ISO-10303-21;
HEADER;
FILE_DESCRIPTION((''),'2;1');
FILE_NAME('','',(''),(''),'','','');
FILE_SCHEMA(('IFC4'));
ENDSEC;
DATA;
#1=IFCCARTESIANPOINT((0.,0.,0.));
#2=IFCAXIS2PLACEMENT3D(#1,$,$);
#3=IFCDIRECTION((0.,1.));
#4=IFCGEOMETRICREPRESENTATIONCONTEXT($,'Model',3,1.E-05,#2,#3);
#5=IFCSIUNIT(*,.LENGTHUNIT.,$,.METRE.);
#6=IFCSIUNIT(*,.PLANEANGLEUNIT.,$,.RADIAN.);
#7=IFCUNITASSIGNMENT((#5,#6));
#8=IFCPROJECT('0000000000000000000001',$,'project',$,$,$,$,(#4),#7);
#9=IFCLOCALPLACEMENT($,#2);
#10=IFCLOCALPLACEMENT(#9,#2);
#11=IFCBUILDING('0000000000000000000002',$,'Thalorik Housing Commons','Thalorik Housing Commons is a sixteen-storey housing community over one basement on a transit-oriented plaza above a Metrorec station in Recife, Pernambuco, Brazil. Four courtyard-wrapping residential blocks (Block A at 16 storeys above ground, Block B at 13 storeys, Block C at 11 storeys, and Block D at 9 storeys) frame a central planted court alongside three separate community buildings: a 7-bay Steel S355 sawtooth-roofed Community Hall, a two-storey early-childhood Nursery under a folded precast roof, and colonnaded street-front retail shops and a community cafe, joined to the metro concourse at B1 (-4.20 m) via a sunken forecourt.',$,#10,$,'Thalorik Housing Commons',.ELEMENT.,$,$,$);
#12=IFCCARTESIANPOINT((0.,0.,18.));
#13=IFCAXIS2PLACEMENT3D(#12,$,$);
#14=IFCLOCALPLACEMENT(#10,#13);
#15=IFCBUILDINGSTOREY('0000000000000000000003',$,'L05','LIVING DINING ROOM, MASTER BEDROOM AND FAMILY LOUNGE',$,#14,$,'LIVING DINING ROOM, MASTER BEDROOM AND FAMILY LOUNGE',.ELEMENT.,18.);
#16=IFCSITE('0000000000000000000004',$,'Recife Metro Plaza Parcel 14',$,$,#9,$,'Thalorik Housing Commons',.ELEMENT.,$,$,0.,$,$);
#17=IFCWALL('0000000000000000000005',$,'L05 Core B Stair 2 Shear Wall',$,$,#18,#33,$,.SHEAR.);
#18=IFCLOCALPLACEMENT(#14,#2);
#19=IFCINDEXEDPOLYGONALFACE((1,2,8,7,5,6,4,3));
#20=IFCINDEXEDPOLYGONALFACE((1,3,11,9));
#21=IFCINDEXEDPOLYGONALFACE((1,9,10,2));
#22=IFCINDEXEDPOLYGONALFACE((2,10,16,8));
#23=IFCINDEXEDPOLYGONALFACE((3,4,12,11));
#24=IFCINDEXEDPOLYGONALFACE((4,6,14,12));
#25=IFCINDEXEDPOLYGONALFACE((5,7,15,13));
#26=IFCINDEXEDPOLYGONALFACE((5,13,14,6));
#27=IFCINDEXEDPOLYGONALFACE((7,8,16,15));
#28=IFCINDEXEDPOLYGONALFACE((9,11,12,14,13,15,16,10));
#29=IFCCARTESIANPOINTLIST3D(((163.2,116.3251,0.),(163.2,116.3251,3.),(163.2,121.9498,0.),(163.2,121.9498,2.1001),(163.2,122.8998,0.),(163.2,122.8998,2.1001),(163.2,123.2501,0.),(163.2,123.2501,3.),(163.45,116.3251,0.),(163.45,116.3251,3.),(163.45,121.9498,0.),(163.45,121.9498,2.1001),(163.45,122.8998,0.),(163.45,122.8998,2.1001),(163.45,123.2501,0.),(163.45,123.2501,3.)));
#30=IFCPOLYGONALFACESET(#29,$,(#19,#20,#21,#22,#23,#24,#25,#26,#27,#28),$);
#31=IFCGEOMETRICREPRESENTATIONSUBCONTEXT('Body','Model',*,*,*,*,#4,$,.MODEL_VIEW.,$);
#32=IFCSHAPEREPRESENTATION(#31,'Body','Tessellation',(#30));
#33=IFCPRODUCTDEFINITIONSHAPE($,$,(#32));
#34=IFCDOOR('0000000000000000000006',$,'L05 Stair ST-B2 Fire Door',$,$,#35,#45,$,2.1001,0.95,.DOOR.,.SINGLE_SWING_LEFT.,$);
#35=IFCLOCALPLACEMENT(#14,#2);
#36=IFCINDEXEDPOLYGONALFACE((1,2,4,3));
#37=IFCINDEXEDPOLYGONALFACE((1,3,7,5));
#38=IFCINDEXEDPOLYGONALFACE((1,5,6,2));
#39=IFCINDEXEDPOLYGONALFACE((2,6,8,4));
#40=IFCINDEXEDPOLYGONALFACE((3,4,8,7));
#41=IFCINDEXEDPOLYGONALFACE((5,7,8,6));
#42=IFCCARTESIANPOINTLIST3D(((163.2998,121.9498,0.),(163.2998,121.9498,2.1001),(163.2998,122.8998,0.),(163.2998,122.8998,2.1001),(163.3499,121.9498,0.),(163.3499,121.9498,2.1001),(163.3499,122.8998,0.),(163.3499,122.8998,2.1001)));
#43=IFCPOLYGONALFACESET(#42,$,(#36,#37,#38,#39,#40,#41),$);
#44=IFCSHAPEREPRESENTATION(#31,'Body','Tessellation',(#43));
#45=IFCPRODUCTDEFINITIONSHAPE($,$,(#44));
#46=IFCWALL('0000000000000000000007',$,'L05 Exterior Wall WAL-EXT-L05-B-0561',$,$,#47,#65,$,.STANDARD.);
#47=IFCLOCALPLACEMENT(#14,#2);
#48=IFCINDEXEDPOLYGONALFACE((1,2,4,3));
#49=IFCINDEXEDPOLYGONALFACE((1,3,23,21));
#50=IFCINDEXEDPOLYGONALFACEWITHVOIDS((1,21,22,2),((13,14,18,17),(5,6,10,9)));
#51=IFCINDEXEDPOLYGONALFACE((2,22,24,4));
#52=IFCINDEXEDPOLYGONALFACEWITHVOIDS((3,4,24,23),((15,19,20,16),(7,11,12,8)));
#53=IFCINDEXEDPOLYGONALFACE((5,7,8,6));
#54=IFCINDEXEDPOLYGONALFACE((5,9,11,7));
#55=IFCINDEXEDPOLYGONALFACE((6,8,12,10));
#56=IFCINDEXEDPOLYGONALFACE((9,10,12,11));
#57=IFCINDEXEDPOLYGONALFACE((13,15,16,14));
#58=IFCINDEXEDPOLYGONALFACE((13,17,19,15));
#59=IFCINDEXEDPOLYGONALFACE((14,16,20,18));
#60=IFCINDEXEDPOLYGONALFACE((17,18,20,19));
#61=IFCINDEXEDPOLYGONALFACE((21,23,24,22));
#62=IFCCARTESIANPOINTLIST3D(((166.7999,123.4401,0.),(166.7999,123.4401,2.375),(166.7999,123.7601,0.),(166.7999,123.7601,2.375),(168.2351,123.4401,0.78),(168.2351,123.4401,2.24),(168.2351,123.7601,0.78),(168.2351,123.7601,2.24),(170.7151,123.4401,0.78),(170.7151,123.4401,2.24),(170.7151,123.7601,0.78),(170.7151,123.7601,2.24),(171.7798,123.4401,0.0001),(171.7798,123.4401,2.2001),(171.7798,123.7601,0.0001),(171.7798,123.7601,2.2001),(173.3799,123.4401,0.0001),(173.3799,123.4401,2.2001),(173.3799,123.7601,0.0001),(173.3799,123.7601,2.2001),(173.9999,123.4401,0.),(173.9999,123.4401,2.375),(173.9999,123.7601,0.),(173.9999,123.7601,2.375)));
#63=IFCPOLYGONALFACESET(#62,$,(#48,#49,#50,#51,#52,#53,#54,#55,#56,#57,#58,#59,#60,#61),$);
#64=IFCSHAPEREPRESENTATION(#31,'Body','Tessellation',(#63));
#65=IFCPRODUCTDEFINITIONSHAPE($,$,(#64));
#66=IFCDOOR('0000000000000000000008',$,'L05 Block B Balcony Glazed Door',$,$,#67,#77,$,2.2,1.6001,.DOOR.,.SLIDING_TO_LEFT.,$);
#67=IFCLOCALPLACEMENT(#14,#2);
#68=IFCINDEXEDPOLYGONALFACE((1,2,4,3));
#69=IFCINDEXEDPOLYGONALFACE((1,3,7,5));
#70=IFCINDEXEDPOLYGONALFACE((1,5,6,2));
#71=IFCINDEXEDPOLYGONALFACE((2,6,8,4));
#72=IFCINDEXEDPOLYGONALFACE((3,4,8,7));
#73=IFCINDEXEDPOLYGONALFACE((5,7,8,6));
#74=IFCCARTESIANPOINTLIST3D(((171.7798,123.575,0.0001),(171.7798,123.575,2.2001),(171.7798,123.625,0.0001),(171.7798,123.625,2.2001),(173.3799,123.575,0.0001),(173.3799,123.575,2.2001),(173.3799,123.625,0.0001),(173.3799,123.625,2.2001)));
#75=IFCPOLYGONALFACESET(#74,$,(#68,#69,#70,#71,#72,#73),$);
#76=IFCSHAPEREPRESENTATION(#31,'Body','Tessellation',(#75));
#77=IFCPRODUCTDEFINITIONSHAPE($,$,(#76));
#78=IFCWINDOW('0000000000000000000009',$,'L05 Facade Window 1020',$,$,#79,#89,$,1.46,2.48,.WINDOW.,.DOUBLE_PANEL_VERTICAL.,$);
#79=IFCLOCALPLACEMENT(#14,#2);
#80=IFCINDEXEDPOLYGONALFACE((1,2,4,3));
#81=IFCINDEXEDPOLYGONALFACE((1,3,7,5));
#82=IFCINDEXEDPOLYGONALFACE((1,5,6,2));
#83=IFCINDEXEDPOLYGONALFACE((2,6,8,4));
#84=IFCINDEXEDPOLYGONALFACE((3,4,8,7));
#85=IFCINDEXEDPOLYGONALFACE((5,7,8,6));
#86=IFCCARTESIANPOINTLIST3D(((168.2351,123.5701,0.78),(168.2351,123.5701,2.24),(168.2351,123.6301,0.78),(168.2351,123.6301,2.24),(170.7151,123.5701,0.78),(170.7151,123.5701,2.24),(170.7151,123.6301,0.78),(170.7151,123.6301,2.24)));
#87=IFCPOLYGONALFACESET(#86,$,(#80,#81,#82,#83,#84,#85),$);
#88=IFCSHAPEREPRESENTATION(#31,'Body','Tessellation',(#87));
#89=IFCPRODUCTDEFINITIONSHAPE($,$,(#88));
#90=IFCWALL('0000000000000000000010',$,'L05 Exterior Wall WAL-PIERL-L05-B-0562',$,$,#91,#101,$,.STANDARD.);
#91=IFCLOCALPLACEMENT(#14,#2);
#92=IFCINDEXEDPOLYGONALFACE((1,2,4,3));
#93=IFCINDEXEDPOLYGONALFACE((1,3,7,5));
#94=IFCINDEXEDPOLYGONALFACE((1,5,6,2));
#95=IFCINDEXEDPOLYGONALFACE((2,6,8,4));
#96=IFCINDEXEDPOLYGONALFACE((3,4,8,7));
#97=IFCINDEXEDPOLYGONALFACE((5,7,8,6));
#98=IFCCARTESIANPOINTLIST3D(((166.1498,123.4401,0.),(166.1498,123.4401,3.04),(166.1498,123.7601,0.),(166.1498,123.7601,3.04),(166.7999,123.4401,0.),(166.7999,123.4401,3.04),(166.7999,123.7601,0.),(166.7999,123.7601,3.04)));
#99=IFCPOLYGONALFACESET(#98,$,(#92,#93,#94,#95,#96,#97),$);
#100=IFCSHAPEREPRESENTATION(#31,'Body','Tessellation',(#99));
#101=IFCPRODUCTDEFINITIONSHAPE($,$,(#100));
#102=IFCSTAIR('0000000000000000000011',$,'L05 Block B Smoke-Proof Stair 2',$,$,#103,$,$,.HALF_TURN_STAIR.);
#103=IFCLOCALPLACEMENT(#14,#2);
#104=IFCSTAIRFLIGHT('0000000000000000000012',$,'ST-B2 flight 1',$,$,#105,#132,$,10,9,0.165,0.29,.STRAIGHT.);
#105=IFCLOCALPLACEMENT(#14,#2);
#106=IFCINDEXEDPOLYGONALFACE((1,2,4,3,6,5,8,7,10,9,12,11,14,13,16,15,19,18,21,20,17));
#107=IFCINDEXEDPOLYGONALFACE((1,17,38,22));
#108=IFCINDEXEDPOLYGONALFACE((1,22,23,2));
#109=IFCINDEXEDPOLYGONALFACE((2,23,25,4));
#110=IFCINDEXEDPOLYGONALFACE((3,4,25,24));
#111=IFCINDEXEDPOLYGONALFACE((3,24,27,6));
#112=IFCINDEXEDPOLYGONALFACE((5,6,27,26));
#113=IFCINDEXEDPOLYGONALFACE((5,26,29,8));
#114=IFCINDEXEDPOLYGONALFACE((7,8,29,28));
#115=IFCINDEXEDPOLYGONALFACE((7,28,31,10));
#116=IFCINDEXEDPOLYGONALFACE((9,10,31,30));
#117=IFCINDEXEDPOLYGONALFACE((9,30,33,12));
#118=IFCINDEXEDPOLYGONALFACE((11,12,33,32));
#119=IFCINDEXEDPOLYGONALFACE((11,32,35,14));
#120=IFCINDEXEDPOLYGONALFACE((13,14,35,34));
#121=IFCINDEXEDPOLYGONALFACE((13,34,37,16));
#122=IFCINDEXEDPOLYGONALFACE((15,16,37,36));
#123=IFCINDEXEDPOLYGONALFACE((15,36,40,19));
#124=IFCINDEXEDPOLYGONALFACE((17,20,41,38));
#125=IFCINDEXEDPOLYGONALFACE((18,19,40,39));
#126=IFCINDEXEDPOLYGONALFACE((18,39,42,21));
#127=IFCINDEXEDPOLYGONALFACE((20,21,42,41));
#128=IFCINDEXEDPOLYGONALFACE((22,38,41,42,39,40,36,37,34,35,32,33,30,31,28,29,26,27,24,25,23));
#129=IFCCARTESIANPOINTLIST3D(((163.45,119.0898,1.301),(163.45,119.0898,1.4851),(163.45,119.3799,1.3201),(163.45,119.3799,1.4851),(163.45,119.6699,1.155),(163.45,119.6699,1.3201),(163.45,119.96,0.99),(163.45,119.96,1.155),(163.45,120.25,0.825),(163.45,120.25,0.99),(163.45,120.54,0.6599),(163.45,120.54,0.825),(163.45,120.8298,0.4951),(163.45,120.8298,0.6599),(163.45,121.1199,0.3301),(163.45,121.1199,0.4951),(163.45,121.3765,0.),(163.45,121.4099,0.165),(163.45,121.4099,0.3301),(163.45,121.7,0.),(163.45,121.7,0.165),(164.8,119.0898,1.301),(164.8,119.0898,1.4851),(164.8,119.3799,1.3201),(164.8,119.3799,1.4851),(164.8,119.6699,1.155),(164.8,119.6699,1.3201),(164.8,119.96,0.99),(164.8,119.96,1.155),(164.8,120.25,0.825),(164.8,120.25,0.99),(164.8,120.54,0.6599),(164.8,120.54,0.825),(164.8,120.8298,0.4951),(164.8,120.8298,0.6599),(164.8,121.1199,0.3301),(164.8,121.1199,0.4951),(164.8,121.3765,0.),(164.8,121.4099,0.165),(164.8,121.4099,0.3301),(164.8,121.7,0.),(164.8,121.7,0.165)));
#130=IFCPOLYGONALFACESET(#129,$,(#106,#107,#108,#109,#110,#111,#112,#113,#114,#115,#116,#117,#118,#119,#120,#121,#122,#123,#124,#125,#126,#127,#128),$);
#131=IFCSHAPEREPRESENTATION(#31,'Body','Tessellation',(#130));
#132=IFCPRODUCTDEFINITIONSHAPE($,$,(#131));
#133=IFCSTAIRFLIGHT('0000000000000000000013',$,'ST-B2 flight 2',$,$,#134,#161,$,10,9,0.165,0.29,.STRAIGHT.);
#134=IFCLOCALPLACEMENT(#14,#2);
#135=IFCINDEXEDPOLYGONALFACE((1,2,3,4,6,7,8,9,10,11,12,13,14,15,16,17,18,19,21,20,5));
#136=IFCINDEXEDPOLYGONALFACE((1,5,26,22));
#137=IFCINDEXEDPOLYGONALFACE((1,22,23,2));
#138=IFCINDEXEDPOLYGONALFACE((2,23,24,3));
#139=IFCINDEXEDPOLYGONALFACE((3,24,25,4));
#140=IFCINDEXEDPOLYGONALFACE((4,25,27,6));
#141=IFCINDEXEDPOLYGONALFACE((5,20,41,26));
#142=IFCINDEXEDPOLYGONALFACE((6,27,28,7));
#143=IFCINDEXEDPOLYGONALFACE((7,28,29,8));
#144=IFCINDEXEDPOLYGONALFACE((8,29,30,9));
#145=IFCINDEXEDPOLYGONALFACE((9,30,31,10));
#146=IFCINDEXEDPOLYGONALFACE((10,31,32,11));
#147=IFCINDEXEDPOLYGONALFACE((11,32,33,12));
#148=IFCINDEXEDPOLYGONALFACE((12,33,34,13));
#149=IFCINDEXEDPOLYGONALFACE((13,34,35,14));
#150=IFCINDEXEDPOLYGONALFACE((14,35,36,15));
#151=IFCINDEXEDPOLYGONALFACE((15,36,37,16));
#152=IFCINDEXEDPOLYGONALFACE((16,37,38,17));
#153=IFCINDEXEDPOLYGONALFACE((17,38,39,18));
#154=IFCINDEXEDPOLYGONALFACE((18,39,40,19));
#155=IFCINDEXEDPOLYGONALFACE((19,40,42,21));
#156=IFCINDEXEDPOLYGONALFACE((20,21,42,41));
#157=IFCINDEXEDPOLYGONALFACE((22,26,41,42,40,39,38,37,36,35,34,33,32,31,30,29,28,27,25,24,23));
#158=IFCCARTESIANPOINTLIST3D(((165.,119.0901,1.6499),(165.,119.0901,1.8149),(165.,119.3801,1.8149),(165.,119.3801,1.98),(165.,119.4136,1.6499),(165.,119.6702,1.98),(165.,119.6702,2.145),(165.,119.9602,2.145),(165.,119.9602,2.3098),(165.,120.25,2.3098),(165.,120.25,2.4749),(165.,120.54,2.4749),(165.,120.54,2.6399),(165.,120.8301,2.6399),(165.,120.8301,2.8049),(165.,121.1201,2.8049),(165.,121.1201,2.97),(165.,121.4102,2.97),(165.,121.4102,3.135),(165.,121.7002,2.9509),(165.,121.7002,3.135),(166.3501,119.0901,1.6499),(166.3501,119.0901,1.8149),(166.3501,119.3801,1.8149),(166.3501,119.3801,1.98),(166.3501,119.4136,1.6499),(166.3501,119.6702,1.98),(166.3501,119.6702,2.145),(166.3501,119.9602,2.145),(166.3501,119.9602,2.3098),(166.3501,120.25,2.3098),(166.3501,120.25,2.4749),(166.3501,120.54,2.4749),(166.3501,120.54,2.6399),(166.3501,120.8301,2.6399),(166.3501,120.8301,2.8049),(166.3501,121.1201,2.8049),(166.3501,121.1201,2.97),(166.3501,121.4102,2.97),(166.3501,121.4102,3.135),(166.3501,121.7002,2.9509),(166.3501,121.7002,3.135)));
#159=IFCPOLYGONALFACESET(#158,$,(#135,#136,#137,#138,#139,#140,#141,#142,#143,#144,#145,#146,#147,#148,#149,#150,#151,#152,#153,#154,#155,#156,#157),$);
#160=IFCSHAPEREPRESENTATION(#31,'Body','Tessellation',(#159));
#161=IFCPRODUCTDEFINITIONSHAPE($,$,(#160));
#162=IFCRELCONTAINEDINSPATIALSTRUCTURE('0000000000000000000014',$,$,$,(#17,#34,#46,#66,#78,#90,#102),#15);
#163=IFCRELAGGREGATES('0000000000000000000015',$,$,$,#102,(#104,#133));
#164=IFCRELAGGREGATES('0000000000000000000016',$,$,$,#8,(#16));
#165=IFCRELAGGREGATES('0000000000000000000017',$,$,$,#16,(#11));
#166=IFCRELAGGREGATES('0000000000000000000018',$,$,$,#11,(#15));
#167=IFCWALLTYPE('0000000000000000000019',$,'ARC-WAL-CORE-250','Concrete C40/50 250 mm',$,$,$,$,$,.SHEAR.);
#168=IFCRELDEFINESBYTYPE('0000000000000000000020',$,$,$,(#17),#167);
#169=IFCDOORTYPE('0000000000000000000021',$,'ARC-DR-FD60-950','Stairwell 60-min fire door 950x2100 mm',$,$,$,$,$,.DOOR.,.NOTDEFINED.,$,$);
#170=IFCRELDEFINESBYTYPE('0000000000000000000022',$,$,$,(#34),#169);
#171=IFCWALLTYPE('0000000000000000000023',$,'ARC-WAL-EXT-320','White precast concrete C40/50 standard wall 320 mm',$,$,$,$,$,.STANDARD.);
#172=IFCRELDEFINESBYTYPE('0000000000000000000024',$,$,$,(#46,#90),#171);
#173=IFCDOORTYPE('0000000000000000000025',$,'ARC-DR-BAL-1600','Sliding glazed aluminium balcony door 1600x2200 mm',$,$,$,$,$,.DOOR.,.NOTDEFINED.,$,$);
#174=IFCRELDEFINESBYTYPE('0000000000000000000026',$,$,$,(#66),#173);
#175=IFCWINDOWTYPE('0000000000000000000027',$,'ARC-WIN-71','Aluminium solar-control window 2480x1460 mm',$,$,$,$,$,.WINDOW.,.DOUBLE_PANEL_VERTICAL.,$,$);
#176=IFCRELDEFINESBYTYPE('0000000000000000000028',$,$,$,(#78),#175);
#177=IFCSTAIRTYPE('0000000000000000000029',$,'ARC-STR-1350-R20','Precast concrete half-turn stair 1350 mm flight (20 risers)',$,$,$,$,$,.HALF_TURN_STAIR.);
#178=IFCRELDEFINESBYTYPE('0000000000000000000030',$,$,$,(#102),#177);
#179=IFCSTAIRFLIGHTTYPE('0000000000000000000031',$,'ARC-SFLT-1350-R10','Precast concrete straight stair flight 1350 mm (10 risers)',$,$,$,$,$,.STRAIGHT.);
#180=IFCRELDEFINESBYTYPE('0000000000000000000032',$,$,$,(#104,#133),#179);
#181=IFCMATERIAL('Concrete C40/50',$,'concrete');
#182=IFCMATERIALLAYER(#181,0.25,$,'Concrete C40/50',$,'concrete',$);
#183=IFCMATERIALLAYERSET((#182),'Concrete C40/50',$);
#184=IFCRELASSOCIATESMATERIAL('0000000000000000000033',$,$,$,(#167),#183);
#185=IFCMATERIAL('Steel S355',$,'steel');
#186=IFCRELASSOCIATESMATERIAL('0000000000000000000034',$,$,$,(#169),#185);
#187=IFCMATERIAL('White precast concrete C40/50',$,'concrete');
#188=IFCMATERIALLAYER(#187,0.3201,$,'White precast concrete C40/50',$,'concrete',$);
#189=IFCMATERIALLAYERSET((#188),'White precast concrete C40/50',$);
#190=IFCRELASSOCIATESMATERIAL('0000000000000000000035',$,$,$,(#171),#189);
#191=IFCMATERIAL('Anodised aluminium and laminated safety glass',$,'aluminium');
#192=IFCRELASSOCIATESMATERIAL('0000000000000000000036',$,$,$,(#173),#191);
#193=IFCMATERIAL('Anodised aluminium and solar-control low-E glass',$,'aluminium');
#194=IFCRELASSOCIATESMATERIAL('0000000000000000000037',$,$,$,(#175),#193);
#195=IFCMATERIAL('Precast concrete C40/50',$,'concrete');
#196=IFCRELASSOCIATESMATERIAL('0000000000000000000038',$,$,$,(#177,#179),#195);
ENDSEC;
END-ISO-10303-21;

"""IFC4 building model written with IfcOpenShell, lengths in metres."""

from ifc_helpers import new_model, si_unit, direction, frame, frame_2d, origin, place, context, subcontext, project, spatial, polyline, rectangle, outline, extrude, material, layer, layer_set, type_object, element, fill, aggregate, save


model = new_model("IFC4")

# Units and contexts
model_context = context("Model", 3, precision=1e-05, world=origin(), true_north=direction((0.0, 1.0)))
body_context = subcontext(model_context, "Body", "Model", "MODEL_VIEW")
ifc_project = project(units=[si_unit("LENGTHUNIT", "METRE"), si_unit("PLANEANGLEUNIT", "RADIAN")], contexts=[model_context])

# Site, building, storey
site_placement = place(None, origin())
site = spatial("IfcSite", under=ifc_project, at=site_placement, Name="Recife Metro Plaza Parcel 14", LongName="Thalorik Housing Commons", CompositionType="ELEMENT", RefElevation=0.0)
building_placement = place(site_placement, origin())
building = spatial("IfcBuilding", under=site, at=building_placement, Name="Thalorik Housing Commons", Description="Thalorik Housing Commons is a sixteen-storey housing community over one basement on a transit-oriented plaza above a Metrorec station in Recife, Pernambuco, Brazil. Four courtyard-wrapping residential blocks (Block A at 16 storeys above ground, Block B at 13 storeys, Block C at 11 storeys, and Block D at 9 storeys) frame a central planted court alongside three separate community buildings: a 7-bay Steel S355 sawtooth-roofed Community Hall, a two-storey early-childhood Nursery under a folded precast roof, and colonnaded street-front retail shops and a community cafe, joined to the metro concourse at B1 (-4.20 m) via a sunken forecourt.", LongName="Thalorik Housing Commons", CompositionType="ELEMENT")
storey_placement = place(building_placement, frame((0.0, 0.0, 18.0)))
storey = spatial("IfcBuildingStorey", under=building, at=storey_placement, Name="L05", Description="LIVING DINING ROOM, MASTER BEDROOM AND FAMILY LOUNGE", LongName="LIVING DINING ROOM, MASTER BEDROOM AND FAMILY LOUNGE", CompositionType="ELEMENT", Elevation=18.0)

# Shared definitions
ifc_material_1 = material(Name="Precast concrete C40/50", Category="concrete")

# Shared definitions
ifc_material_2 = material(Name="Anodised aluminium and solar-control low-E glass", Category="aluminium")

# Shared definitions
ifc_material_3 = material(Name="Concrete C40/50", Category="concrete")
ifc_layer_1 = layer(ifc_material_3, 0.25, Name="Concrete C40/50", Category="concrete")
ifc_layer_set_1 = layer_set([ifc_layer_1], Name="Concrete C40/50")
wall_type_1 = type_object("IfcWallType", Name="ARC-WAL-CORE-250", Description="Concrete C40/50 250 mm", PredefinedType="SHEAR", material=ifc_layer_set_1)

# Wall, opening, door
wall_1_placement = place(storey_placement, frame((163.325, 123.25, 0.0), z_axis=(0.0, 0.0, 1.0), x_axis=(0.0, -1.0, 0.0)))
wall_1 = element("IfcWall", 1, at=wall_1_placement, inside=storey, type_object=wall_type_1, Name="L05 Core B Stair 2 Shear Wall", PredefinedType="SHEAR", context=body_context, shape_type="SweptSolid", body=[
    extrude(rectangle(XDim=6.925, YDim=0.25, at=frame_2d((3.4624, 0.0))), origin(), (0.0, 0.0, 1.0), 3.0),
])
opening_1_placement = place(wall_1_placement, frame((0.3501, 0.0, 0.0)))
opening_1 = element("IfcOpeningElement", 2, at=opening_1_placement, cuts=wall_1, PredefinedType="OPENING", context=body_context, shape_type="SweptSolid", body=[
    extrude(rectangle(XDim=0.95, YDim=2.1001, at=frame_2d((0.4751, 1.05))), frame((0.0, 0.135, 0.0), z_axis=(0.0, -1.0, 0.0), x_axis=(1.0, 0.0, 0.0)), (0.0, 0.0, 1.0), 0.27),
])
ifc_material_4 = material(Name="Steel S355", Category="steel")
door_type_1 = type_object("IfcDoorType", Name="ARC-DR-FD60-950", Description="Stairwell 60-min fire door 950x2100 mm", OperationType="NOTDEFINED", PredefinedType="DOOR", material=ifc_material_4)
door_1_placement = place(opening_1_placement, origin())
door_1 = element("IfcDoor", 3, at=door_1_placement, inside=storey, type_object=door_type_1, Name="L05 Stair ST-B2 Fire Door", OperationType="SINGLE_SWING_LEFT", OverallHeight=2.1001, OverallWidth=0.95, PredefinedType="DOOR", context=body_context, shape_type="SweptSolid", body=[
    extrude(rectangle(XDim=0.95, YDim=2.1001, at=frame_2d((0.4751, 1.05))), frame((0.0, 0.0249, 0.0), z_axis=(0.0, -1.0, 0.0), x_axis=(1.0, 0.0, 0.0)), (0.0, 0.0, 1.0), 0.05),
])
fill(opening_1, door_1)

# Wall, openings, door, window
ifc_material_5 = material(Name="White precast concrete C40/50", Category="concrete")
ifc_layer_2 = layer(ifc_material_5, 0.3201, Name="White precast concrete C40/50", Category="concrete")
ifc_layer_set_2 = layer_set([ifc_layer_2], Name="White precast concrete C40/50")
wall_type_2 = type_object("IfcWallType", Name="ARC-WAL-EXT-320", Description="White precast concrete C40/50 standard wall 320 mm", PredefinedType="STANDARD", material=ifc_layer_set_2)
wall_2_placement = place(storey_placement, frame((174.0, 123.6001, 0.0), z_axis=(0.0, 0.0, 1.0), x_axis=(-1.0, 0.0, 0.0)))
wall_2 = element("IfcWall", 4, at=wall_2_placement, inside=storey, type_object=wall_type_2, Name="L05 Exterior Wall WAL-EXT-L05-B-0561", PredefinedType="STANDARD", context=body_context, shape_type="SweptSolid", body=[
    extrude(rectangle(XDim=7.2, YDim=0.3201, at=frame_2d((3.6001, 0.0))), origin(), (0.0, 0.0, 1.0), 2.375),
])
opening_2_placement = place(wall_2_placement, frame((0.6201, 0.0, 0.0)))
opening_2 = element("IfcOpeningElement", 5, at=opening_2_placement, cuts=wall_2, PredefinedType="OPENING", context=body_context, shape_type="SweptSolid", body=[
    extrude(rectangle(XDim=1.6001, YDim=2.2, at=frame_2d((0.8, 1.1001))), frame((0.0, 0.1699, 0.0), z_axis=(0.0, -1.0, 0.0), x_axis=(1.0, 0.0, 0.0)), (0.0, 0.0, 1.0), 0.3401),
])
opening_3_placement = place(wall_2_placement, frame((3.2849, 0.0, 0.78)))
opening_3 = element("IfcOpeningElement", 6, at=opening_3_placement, cuts=wall_2, PredefinedType="OPENING", context=body_context, shape_type="SweptSolid", body=[
    extrude(rectangle(XDim=2.48, YDim=1.46, at=frame_2d((1.24, 0.73))), frame((0.0, 0.1699, 0.0), z_axis=(0.0, -1.0, 0.0), x_axis=(1.0, 0.0, 0.0)), (0.0, 0.0, 1.0), 0.3401),
])
ifc_material_6 = material(Name="Anodised aluminium and laminated safety glass", Category="aluminium")
door_type_2 = type_object("IfcDoorType", Name="ARC-DR-BAL-1600", Description="Sliding glazed aluminium balcony door 1600x2200 mm", OperationType="NOTDEFINED", PredefinedType="DOOR", material=ifc_material_6)
door_2_placement = place(opening_2_placement, frame((1.6001, 0.0, 0.0), z_axis=(0.0, 0.0, 1.0), x_axis=(-1.0, 0.0, 0.0)))
door_2 = element("IfcDoor", 7, at=door_2_placement, inside=storey, type_object=door_type_2, Name="L05 Block B Balcony Glazed Door", OperationType="SLIDING_TO_LEFT", OverallHeight=2.2, OverallWidth=1.6001, PredefinedType="DOOR", context=body_context, shape_type="SweptSolid", body=[
    extrude(rectangle(XDim=1.6001, YDim=2.2, at=frame_2d((0.8, 1.1001))), frame((0.0, 0.0249, 0.0), z_axis=(0.0, -1.0, 0.0), x_axis=(1.0, 0.0, 0.0)), (0.0, 0.0, 1.0), 0.05),
])
fill(opening_2, door_2)
window_type = type_object("IfcWindowType", Name="ARC-WIN-71", Description="Aluminium solar-control window 2480x1460 mm", PartitioningType="DOUBLE_PANEL_VERTICAL", PredefinedType="WINDOW", material=ifc_material_2)
window_placement = place(opening_3_placement, origin())
window = element("IfcWindow", 8, at=window_placement, inside=storey, type_object=window_type, Name="L05 Facade Window 1020", OverallHeight=1.46, OverallWidth=2.48, PartitioningType="DOUBLE_PANEL_VERTICAL", PredefinedType="WINDOW", context=body_context, shape_type="SweptSolid", body=[
    extrude(rectangle(XDim=2.48, YDim=1.46, at=frame_2d((1.24, 0.73))), frame((0.0, 0.03, 0.0), z_axis=(0.0, -1.0, 0.0), x_axis=(1.0, 0.0, 0.0)), (0.0, 0.0, 1.0), 0.0601),
])
fill(opening_3, window)

# Wall
wall_3_placement = place(storey_placement, frame((166.8, 123.6001, 0.0), z_axis=(0.0, 0.0, 1.0), x_axis=(-1.0, 0.0, 0.0)))
element("IfcWall", 9, at=wall_3_placement, inside=storey, type_object=wall_type_2, Name="L05 Exterior Wall WAL-PIERL-L05-B-0562", PredefinedType="STANDARD", context=body_context, shape_type="SweptSolid", body=[
    extrude(rectangle(XDim=0.6501, YDim=0.3201, at=frame_2d((0.3252, 0.0))), origin(), (0.0, 0.0, 1.0), 3.04),
])

# Stair, stair flights
stair_type = type_object("IfcStairType", Name="ARC-STR-1350-R20", Description="Precast concrete half-turn stair 1350 mm flight (20 risers)", PredefinedType="HALF_TURN_STAIR", material=ifc_material_1)
stair_placement = place(storey_placement, origin())
stair = element("IfcStair", 10, at=stair_placement, inside=storey, type_object=stair_type, Name="L05 Block B Smoke-Proof Stair 2", PredefinedType="HALF_TURN_STAIR")
stair_flight_type = type_object("IfcStairFlightType", Name="ARC-SFLT-1350-R10", Description="Precast concrete straight stair flight 1350 mm (10 risers)", PredefinedType="STRAIGHT", material=ifc_material_1)
stair_flight_1_placement = place(storey_placement, frame((164.125, 121.7, 0.0), z_axis=(0.0, 0.0, 1.0), x_axis=(0.0, -1.0, 0.0)))
stair_flight_1 = element("IfcStairFlight", 11, at=stair_flight_1_placement, type_object=stair_flight_type, Name="ST-B2 flight 1", NumberOfRisers=10, NumberOfTreads=9, PredefinedType="STRAIGHT", RiserHeight=0.165, TreadLength=0.29, context=body_context, shape_type="SweptSolid", body=[
    extrude(outline(polyline([(0.0, 0.0), (0.0, 0.165), (0.29, 0.165), (0.29, 0.3301), (0.5801, 0.3301), (0.5801, 0.4951), (0.8701, 0.4951), (0.8701, 0.6599), (1.1599, 0.6599), (1.1599, 0.825), (1.45, 0.825), (1.45, 0.99), (1.74, 0.99), (1.74, 1.155), (2.03, 1.155), (2.03, 1.3201), (2.3201, 1.3201), (2.3201, 1.4851), (2.6101, 1.4851), (2.6101, 1.6499), (2.6101, 1.301), (0.3235, 0.0), (0.0, 0.0)])), frame((0.0, 0.675, 0.0), z_axis=(0.0, -1.0, 0.0), x_axis=(1.0, 0.0, 0.0)), (0.0, 0.0, 1.0), 1.3501),
])
stair_flight_2_placement = place(storey_placement, frame((165.675, 119.0901, 1.6499), z_axis=(0.0, 0.0, 1.0), x_axis=(0.0, 1.0, 0.0)))
stair_flight_2 = element("IfcStairFlight", 12, at=stair_flight_2_placement, type_object=stair_flight_type, Name="ST-B2 flight 2", NumberOfRisers=10, NumberOfTreads=9, PredefinedType="STRAIGHT", RiserHeight=0.165, TreadLength=0.29, context=body_context, shape_type="SweptSolid", body=[
    extrude(outline(polyline([(0.0, 0.0), (0.0, 0.165), (0.29, 0.165), (0.29, 0.3301), (0.5801, 0.3301), (0.5801, 0.4951), (0.8701, 0.4951), (0.8701, 0.6599), (1.1599, 0.6599), (1.1599, 0.825), (1.45, 0.825), (1.45, 0.99), (1.74, 0.99), (1.74, 1.155), (2.03, 1.155), (2.03, 1.3201), (2.3201, 1.3201), (2.3201, 1.4851), (2.6101, 1.4851), (2.6101, 1.6499), (2.6101, 1.301), (0.3235, 0.0), (0.0, 0.0)])), frame((0.0, 0.675, 0.0), z_axis=(0.0, -1.0, 0.0), x_axis=(1.0, 0.0, 0.0)), (0.0, 0.0, 1.0), 1.3501),
])
aggregate(stair, [stair_flight_1, stair_flight_2])

save(model, "model.ifc")
